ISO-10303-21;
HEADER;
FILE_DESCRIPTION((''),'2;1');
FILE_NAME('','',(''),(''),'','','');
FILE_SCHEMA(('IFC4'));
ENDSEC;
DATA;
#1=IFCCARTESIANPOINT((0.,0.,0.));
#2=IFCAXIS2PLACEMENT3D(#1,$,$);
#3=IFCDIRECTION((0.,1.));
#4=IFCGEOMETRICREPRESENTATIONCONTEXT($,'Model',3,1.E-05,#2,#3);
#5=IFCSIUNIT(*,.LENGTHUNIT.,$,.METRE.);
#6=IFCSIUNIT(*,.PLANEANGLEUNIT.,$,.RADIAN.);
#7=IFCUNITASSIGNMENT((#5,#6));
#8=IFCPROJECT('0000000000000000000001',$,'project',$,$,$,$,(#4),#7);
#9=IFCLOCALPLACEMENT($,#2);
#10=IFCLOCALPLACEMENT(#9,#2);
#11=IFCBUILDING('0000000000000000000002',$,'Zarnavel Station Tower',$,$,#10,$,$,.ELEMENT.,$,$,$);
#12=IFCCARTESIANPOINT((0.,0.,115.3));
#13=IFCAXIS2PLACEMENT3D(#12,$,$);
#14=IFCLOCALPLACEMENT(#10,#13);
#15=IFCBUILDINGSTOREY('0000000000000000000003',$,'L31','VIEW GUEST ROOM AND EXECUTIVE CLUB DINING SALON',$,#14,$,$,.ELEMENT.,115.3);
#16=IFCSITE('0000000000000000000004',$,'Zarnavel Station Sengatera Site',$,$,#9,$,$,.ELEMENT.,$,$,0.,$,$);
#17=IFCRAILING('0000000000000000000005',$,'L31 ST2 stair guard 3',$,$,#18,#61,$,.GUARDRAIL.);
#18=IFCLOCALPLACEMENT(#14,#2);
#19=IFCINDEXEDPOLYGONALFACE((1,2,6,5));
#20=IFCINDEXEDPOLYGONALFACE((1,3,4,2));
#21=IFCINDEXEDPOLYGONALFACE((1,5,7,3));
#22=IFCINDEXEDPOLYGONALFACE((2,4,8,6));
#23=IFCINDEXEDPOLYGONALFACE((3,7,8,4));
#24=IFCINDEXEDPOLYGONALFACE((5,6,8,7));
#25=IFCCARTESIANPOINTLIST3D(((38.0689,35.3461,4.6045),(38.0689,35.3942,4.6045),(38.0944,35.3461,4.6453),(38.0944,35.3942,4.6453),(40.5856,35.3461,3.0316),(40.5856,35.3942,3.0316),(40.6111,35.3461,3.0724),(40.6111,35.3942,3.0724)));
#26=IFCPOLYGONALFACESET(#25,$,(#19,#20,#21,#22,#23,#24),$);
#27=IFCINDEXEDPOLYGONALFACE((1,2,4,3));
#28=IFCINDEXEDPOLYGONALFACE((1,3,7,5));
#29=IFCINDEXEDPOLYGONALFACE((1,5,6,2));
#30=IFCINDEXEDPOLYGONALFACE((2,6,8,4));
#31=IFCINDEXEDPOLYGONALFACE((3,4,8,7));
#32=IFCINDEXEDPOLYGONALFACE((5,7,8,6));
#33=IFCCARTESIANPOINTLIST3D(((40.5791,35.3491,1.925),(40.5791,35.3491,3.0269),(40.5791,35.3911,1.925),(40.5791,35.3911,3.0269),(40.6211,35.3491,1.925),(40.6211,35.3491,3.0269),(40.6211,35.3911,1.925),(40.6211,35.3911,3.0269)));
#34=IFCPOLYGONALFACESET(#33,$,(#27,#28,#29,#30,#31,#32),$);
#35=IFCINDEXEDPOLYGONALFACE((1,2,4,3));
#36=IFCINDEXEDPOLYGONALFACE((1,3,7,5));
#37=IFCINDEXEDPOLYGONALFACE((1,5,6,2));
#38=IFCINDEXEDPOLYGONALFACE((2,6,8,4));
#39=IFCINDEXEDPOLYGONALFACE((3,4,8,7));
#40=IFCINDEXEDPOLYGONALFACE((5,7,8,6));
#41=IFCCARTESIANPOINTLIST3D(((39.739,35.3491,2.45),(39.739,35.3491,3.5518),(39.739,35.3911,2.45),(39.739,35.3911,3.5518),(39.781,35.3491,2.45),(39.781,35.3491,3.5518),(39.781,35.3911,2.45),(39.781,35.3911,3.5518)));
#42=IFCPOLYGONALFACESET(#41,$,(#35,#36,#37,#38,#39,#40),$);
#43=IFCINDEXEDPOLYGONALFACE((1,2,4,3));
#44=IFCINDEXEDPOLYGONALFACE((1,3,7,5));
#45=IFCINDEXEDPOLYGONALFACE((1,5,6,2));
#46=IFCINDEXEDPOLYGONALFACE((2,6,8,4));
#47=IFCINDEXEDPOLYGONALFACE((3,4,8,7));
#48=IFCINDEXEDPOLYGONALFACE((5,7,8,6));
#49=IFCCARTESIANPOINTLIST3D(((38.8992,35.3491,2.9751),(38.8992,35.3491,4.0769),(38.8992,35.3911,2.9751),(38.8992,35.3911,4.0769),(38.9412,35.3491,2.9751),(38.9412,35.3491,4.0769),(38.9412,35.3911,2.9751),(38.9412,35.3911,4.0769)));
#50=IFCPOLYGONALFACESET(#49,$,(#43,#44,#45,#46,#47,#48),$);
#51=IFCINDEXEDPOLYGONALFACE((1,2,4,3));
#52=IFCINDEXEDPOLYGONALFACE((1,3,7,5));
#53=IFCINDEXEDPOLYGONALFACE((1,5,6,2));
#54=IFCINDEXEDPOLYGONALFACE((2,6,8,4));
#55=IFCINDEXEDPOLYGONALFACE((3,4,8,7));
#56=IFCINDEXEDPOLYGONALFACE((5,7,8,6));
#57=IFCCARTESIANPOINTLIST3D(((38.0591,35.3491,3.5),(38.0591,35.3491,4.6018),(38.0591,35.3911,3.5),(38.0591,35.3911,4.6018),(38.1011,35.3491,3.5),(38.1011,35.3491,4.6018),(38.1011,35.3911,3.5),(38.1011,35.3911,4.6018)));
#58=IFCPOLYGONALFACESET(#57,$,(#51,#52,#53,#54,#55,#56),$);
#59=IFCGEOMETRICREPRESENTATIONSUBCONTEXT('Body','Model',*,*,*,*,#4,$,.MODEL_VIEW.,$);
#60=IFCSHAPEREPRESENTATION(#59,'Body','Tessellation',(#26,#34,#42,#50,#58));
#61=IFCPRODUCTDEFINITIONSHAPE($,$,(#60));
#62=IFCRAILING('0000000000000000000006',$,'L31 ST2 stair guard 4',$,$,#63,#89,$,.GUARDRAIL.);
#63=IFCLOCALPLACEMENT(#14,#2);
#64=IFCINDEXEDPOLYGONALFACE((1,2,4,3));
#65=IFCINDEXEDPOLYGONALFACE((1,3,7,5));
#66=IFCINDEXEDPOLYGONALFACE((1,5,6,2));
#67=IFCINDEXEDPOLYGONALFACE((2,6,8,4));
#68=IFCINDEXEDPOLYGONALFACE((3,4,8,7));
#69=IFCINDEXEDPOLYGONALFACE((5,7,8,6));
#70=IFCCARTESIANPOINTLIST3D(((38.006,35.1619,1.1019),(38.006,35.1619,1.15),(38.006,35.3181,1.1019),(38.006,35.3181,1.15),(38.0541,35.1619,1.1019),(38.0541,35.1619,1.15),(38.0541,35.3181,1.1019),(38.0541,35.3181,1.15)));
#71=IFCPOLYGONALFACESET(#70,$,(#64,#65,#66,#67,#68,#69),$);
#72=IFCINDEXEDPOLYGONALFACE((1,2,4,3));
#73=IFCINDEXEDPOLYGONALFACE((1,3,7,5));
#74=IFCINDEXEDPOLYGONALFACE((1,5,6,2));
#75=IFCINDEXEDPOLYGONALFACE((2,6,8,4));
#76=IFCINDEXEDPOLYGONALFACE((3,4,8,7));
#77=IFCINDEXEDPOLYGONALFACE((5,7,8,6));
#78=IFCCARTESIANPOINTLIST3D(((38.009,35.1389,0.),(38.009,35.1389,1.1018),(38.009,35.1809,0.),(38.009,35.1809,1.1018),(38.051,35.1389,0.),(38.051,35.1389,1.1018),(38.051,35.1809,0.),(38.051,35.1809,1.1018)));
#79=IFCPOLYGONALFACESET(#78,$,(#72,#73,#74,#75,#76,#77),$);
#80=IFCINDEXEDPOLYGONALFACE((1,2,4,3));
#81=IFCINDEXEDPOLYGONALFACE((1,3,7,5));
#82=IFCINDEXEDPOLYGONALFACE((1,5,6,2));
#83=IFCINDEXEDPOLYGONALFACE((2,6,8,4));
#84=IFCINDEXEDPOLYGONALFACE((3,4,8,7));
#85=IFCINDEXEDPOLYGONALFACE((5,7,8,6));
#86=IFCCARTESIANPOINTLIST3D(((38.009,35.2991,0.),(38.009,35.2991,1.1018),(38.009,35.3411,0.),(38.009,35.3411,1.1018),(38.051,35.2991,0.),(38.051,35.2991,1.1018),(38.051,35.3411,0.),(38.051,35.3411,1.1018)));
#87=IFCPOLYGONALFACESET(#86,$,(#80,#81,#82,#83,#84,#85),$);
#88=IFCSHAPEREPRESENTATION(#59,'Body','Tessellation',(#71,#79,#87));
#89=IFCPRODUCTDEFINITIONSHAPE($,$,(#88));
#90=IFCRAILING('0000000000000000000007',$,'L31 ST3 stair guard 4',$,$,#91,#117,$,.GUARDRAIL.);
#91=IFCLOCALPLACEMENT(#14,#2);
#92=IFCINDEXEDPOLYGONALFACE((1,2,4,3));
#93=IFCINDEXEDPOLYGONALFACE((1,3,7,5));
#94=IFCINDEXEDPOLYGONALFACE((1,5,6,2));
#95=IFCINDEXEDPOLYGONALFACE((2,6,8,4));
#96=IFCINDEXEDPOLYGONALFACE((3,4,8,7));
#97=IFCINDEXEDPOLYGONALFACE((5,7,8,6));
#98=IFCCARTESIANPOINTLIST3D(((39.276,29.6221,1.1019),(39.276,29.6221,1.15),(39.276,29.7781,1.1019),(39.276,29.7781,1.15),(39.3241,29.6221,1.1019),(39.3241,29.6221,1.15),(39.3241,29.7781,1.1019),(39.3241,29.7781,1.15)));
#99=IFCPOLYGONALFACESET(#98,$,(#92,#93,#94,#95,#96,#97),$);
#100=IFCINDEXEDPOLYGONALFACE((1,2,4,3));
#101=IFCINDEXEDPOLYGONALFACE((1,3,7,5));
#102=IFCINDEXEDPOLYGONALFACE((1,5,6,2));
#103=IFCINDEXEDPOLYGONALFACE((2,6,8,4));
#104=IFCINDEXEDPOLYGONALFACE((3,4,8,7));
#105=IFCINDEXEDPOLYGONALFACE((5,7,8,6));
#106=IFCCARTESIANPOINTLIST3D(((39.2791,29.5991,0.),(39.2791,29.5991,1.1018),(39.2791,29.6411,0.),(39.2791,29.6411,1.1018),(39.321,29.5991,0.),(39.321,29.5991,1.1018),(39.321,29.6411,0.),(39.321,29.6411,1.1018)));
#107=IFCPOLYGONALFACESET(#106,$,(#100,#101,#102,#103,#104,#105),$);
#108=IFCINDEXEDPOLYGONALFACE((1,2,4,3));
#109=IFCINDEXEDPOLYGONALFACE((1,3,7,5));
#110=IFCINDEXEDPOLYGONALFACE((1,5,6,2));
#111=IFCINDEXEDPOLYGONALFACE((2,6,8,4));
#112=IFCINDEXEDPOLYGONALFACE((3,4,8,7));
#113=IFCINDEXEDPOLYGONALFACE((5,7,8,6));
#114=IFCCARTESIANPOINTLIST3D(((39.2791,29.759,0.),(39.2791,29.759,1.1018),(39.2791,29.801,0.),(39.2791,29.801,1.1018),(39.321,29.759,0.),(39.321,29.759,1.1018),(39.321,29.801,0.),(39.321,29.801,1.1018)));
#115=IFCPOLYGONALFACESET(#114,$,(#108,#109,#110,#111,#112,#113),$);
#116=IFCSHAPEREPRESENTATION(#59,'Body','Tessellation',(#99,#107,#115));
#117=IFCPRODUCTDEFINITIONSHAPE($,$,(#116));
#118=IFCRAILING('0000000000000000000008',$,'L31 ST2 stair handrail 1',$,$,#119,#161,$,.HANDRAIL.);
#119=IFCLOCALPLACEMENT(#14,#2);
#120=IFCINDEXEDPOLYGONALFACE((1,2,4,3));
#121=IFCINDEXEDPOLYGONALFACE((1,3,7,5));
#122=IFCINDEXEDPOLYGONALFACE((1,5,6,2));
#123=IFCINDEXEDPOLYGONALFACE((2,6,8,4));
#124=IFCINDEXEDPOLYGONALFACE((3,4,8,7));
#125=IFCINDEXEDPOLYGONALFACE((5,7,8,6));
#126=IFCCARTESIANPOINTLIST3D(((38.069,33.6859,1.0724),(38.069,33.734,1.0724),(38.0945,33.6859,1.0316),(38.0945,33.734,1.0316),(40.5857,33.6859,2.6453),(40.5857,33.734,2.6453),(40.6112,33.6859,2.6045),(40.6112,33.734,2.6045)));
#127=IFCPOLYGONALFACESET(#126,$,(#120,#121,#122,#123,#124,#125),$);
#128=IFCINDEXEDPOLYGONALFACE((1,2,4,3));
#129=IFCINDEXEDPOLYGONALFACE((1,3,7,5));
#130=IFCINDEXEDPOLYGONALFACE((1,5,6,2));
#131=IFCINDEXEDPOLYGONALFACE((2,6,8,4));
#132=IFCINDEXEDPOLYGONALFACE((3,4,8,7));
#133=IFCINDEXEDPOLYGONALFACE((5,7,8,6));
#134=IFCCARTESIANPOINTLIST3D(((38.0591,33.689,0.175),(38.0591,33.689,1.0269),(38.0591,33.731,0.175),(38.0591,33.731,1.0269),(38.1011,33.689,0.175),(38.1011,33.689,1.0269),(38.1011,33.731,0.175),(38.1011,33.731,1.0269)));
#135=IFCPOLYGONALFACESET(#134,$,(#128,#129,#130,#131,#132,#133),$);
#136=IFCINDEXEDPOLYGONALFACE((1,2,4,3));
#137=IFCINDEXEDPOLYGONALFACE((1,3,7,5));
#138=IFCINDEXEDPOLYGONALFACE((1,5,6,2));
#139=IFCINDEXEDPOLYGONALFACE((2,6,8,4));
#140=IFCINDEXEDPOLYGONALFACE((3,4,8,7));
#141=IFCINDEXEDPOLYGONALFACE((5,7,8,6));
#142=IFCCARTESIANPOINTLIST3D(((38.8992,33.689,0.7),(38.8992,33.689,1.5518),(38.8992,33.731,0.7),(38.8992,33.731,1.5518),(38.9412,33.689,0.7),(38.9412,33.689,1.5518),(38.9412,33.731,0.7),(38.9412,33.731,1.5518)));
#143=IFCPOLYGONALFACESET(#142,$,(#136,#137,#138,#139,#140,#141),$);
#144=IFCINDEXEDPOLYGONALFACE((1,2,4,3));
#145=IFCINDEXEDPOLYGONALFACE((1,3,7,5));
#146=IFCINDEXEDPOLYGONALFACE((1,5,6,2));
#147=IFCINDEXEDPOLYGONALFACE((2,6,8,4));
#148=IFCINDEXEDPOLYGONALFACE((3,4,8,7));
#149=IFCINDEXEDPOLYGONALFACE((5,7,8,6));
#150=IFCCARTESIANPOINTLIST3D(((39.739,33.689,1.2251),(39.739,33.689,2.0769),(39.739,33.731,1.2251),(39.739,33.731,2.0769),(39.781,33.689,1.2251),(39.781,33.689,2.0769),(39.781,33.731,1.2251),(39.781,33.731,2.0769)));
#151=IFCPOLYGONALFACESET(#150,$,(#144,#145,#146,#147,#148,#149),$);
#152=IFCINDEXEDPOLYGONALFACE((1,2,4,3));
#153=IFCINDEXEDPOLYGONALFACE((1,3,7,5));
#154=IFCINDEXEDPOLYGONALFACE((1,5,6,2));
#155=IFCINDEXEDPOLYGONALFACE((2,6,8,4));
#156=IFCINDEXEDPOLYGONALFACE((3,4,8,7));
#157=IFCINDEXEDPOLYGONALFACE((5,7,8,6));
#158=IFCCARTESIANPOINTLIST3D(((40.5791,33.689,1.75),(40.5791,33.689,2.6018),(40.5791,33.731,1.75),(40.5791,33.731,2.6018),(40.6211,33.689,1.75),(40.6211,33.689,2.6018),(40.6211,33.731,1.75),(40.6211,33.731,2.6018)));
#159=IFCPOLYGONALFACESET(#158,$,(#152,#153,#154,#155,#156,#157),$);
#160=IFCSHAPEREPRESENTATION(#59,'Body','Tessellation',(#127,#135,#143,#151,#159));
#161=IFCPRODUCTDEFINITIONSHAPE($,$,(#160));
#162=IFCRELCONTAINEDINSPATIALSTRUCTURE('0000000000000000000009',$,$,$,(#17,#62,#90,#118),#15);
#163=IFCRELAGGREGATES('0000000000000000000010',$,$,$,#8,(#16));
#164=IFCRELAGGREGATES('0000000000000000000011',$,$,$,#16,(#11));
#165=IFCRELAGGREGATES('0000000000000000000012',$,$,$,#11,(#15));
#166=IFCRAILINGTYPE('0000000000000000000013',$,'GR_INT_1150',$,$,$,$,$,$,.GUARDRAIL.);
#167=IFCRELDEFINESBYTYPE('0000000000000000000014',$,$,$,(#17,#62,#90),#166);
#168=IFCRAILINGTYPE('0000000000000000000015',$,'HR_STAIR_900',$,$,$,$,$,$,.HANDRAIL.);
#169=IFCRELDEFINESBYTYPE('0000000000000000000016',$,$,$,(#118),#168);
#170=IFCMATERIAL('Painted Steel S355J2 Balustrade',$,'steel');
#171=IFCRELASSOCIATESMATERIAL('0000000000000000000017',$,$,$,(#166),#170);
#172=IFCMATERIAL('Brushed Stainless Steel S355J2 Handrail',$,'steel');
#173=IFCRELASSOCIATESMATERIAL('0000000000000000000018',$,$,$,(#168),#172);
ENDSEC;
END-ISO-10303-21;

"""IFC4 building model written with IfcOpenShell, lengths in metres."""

from ifc_helpers import new_model, si_unit, direction, frame, origin, origin_2d, place, context, subcontext, project, spatial, rectangle, extrude, material, type_object, element, save


model = new_model("IFC4")

# Units and contexts
model_context = context("Model", 3, precision=1e-05, world=origin(), true_north=direction((0.0, 1.0)))
body_context = subcontext(model_context, "Body", "Model", "MODEL_VIEW")
ifc_project = project(units=[si_unit("LENGTHUNIT", "METRE"), si_unit("PLANEANGLEUNIT", "RADIAN")], contexts=[model_context])

# Site, building, storey
site_placement = place(None, origin())
site = spatial("IfcSite", under=ifc_project, at=site_placement, Name="Zarnavel Station Sengatera Site", CompositionType="ELEMENT", RefElevation=0.0)
building_placement = place(site_placement, origin())
building = spatial("IfcBuilding", under=site, at=building_placement, Name="Zarnavel Station Tower", CompositionType="ELEMENT")
storey_placement = place(building_placement, frame((0.0, 0.0, 115.3)))
storey = spatial("IfcBuildingStorey", under=building, at=storey_placement, Name="L31", Description="VIEW GUEST ROOM AND EXECUTIVE CLUB DINING SALON", CompositionType="ELEMENT", Elevation=115.3)

# Railings
ifc_material_1 = material(Name="Painted Steel S355J2 Balustrade", Category="steel")
railing_type_1 = type_object("IfcRailingType", Name="GR_INT_1150", PredefinedType="GUARDRAIL", material=ifc_material_1)
railing_1_placement = place(storey_placement, frame((40.6001, 35.3701, 1.925)))
element("IfcRailing", 1, at=railing_1_placement, inside=storey, type_object=railing_type_1, Name="L31 ST2 stair guard 3", PredefinedType="GUARDRAIL", context=body_context, shape_type="SweptSolid", body=[
    extrude(rectangle(XDim=0.0481, YDim=0.0481, at=origin_2d()), frame((-0.0017, 0.0, 1.127), z_axis=(-0.848008, 0.0, 0.529984), x_axis=(0.0, -1.0, 0.0)), (0.0, 0.0, 1.0), 2.9678),
    extrude(rectangle(XDim=0.042, YDim=0.042, at=origin_2d()), origin(), (0.0, 0.0, 1.0), 1.1018),
    extrude(rectangle(XDim=0.042, YDim=0.042, at=origin_2d()), frame((-0.8401, 0.0, 0.5249)), (0.0, 0.0, 1.0), 1.1018),
    extrude(rectangle(XDim=0.042, YDim=0.042, at=origin_2d()), frame((-1.6799, 0.0, 1.05)), (0.0, 0.0, 1.0), 1.1018),
    extrude(rectangle(XDim=0.042, YDim=0.042, at=origin_2d()), frame((-2.52, 0.0, 1.575)), (0.0, 0.0, 1.0), 1.1018),
])
railing_2_placement = place(storey_placement, frame((38.03, 35.1599, 0.0)))
element("IfcRailing", 2, at=railing_2_placement, inside=storey, type_object=railing_type_1, Name="L31 ST2 stair guard 4", PredefinedType="GUARDRAIL", context=body_context, shape_type="SweptSolid", body=[
    extrude(rectangle(XDim=0.0481, YDim=0.0481, at=origin_2d()), frame((0.0, 0.002, 1.126), z_axis=(0.0, 1.0, 0.0), x_axis=(-1.0, 0.0, 0.0)), (0.0, 0.0, 1.0), 0.1562),
    extrude(rectangle(XDim=0.042, YDim=0.042, at=origin_2d()), origin(), (0.0, 0.0, 1.0), 1.1018),
    extrude(rectangle(XDim=0.042, YDim=0.042, at=origin_2d()), frame((0.0, 0.1602, 0.0)), (0.0, 0.0, 1.0), 1.1018),
])
railing_3_placement = place(storey_placement, frame((39.3, 29.6201, 0.0)))
element("IfcRailing", 3, at=railing_3_placement, inside=storey, type_object=railing_type_1, Name="L31 ST3 stair guard 4", PredefinedType="GUARDRAIL", context=body_context, shape_type="SweptSolid", body=[
    extrude(rectangle(XDim=0.0481, YDim=0.0481, at=origin_2d()), frame((0.0, 0.002, 1.126), z_axis=(0.0, 1.0, 0.0), x_axis=(-1.0, 0.0, 0.0)), (0.0, 0.0, 1.0), 0.156),
    extrude(rectangle(XDim=0.042, YDim=0.042, at=origin_2d()), origin(), (0.0, 0.0, 1.0), 1.1018),
    extrude(rectangle(XDim=0.042, YDim=0.042, at=origin_2d()), frame((0.0, 0.1599, 0.0)), (0.0, 0.0, 1.0), 1.1018),
])
ifc_material_2 = material(Name="Brushed Stainless Steel S355J2 Handrail", Category="steel")
railing_type_2 = type_object("IfcRailingType", Name="HR_STAIR_900", PredefinedType="HANDRAIL", material=ifc_material_2)
railing_4_placement = place(storey_placement, frame((38.0801, 33.71, 0.175)))
element("IfcRailing", 4, at=railing_4_placement, inside=storey, type_object=railing_type_2, Name="L31 ST2 stair handrail 1", PredefinedType="HANDRAIL", context=body_context, shape_type="SweptSolid", body=[
    extrude(rectangle(XDim=0.0481, YDim=0.0481, at=origin_2d()), frame((0.0017, 0.0, 0.877), z_axis=(0.848008, 0.0, 0.529984), x_axis=(0.0, 1.0, 0.0)), (0.0, 0.0, 1.0), 2.9678),
    extrude(rectangle(XDim=0.042, YDim=0.042, at=origin_2d()), origin(), (0.0, 0.0, 1.0), 0.8518),
    extrude(rectangle(XDim=0.042, YDim=0.042, at=origin_2d()), frame((0.8401, 0.0, 0.5249)), (0.0, 0.0, 1.0), 0.8518),
    extrude(rectangle(XDim=0.042, YDim=0.042, at=origin_2d()), frame((1.6799, 0.0, 1.05)), (0.0, 0.0, 1.0), 0.8518),
    extrude(rectangle(XDim=0.042, YDim=0.042, at=origin_2d()), frame((2.52, 0.0, 1.575)), (0.0, 0.0, 1.0), 0.8518),
])

save(model, "model.ifc")
